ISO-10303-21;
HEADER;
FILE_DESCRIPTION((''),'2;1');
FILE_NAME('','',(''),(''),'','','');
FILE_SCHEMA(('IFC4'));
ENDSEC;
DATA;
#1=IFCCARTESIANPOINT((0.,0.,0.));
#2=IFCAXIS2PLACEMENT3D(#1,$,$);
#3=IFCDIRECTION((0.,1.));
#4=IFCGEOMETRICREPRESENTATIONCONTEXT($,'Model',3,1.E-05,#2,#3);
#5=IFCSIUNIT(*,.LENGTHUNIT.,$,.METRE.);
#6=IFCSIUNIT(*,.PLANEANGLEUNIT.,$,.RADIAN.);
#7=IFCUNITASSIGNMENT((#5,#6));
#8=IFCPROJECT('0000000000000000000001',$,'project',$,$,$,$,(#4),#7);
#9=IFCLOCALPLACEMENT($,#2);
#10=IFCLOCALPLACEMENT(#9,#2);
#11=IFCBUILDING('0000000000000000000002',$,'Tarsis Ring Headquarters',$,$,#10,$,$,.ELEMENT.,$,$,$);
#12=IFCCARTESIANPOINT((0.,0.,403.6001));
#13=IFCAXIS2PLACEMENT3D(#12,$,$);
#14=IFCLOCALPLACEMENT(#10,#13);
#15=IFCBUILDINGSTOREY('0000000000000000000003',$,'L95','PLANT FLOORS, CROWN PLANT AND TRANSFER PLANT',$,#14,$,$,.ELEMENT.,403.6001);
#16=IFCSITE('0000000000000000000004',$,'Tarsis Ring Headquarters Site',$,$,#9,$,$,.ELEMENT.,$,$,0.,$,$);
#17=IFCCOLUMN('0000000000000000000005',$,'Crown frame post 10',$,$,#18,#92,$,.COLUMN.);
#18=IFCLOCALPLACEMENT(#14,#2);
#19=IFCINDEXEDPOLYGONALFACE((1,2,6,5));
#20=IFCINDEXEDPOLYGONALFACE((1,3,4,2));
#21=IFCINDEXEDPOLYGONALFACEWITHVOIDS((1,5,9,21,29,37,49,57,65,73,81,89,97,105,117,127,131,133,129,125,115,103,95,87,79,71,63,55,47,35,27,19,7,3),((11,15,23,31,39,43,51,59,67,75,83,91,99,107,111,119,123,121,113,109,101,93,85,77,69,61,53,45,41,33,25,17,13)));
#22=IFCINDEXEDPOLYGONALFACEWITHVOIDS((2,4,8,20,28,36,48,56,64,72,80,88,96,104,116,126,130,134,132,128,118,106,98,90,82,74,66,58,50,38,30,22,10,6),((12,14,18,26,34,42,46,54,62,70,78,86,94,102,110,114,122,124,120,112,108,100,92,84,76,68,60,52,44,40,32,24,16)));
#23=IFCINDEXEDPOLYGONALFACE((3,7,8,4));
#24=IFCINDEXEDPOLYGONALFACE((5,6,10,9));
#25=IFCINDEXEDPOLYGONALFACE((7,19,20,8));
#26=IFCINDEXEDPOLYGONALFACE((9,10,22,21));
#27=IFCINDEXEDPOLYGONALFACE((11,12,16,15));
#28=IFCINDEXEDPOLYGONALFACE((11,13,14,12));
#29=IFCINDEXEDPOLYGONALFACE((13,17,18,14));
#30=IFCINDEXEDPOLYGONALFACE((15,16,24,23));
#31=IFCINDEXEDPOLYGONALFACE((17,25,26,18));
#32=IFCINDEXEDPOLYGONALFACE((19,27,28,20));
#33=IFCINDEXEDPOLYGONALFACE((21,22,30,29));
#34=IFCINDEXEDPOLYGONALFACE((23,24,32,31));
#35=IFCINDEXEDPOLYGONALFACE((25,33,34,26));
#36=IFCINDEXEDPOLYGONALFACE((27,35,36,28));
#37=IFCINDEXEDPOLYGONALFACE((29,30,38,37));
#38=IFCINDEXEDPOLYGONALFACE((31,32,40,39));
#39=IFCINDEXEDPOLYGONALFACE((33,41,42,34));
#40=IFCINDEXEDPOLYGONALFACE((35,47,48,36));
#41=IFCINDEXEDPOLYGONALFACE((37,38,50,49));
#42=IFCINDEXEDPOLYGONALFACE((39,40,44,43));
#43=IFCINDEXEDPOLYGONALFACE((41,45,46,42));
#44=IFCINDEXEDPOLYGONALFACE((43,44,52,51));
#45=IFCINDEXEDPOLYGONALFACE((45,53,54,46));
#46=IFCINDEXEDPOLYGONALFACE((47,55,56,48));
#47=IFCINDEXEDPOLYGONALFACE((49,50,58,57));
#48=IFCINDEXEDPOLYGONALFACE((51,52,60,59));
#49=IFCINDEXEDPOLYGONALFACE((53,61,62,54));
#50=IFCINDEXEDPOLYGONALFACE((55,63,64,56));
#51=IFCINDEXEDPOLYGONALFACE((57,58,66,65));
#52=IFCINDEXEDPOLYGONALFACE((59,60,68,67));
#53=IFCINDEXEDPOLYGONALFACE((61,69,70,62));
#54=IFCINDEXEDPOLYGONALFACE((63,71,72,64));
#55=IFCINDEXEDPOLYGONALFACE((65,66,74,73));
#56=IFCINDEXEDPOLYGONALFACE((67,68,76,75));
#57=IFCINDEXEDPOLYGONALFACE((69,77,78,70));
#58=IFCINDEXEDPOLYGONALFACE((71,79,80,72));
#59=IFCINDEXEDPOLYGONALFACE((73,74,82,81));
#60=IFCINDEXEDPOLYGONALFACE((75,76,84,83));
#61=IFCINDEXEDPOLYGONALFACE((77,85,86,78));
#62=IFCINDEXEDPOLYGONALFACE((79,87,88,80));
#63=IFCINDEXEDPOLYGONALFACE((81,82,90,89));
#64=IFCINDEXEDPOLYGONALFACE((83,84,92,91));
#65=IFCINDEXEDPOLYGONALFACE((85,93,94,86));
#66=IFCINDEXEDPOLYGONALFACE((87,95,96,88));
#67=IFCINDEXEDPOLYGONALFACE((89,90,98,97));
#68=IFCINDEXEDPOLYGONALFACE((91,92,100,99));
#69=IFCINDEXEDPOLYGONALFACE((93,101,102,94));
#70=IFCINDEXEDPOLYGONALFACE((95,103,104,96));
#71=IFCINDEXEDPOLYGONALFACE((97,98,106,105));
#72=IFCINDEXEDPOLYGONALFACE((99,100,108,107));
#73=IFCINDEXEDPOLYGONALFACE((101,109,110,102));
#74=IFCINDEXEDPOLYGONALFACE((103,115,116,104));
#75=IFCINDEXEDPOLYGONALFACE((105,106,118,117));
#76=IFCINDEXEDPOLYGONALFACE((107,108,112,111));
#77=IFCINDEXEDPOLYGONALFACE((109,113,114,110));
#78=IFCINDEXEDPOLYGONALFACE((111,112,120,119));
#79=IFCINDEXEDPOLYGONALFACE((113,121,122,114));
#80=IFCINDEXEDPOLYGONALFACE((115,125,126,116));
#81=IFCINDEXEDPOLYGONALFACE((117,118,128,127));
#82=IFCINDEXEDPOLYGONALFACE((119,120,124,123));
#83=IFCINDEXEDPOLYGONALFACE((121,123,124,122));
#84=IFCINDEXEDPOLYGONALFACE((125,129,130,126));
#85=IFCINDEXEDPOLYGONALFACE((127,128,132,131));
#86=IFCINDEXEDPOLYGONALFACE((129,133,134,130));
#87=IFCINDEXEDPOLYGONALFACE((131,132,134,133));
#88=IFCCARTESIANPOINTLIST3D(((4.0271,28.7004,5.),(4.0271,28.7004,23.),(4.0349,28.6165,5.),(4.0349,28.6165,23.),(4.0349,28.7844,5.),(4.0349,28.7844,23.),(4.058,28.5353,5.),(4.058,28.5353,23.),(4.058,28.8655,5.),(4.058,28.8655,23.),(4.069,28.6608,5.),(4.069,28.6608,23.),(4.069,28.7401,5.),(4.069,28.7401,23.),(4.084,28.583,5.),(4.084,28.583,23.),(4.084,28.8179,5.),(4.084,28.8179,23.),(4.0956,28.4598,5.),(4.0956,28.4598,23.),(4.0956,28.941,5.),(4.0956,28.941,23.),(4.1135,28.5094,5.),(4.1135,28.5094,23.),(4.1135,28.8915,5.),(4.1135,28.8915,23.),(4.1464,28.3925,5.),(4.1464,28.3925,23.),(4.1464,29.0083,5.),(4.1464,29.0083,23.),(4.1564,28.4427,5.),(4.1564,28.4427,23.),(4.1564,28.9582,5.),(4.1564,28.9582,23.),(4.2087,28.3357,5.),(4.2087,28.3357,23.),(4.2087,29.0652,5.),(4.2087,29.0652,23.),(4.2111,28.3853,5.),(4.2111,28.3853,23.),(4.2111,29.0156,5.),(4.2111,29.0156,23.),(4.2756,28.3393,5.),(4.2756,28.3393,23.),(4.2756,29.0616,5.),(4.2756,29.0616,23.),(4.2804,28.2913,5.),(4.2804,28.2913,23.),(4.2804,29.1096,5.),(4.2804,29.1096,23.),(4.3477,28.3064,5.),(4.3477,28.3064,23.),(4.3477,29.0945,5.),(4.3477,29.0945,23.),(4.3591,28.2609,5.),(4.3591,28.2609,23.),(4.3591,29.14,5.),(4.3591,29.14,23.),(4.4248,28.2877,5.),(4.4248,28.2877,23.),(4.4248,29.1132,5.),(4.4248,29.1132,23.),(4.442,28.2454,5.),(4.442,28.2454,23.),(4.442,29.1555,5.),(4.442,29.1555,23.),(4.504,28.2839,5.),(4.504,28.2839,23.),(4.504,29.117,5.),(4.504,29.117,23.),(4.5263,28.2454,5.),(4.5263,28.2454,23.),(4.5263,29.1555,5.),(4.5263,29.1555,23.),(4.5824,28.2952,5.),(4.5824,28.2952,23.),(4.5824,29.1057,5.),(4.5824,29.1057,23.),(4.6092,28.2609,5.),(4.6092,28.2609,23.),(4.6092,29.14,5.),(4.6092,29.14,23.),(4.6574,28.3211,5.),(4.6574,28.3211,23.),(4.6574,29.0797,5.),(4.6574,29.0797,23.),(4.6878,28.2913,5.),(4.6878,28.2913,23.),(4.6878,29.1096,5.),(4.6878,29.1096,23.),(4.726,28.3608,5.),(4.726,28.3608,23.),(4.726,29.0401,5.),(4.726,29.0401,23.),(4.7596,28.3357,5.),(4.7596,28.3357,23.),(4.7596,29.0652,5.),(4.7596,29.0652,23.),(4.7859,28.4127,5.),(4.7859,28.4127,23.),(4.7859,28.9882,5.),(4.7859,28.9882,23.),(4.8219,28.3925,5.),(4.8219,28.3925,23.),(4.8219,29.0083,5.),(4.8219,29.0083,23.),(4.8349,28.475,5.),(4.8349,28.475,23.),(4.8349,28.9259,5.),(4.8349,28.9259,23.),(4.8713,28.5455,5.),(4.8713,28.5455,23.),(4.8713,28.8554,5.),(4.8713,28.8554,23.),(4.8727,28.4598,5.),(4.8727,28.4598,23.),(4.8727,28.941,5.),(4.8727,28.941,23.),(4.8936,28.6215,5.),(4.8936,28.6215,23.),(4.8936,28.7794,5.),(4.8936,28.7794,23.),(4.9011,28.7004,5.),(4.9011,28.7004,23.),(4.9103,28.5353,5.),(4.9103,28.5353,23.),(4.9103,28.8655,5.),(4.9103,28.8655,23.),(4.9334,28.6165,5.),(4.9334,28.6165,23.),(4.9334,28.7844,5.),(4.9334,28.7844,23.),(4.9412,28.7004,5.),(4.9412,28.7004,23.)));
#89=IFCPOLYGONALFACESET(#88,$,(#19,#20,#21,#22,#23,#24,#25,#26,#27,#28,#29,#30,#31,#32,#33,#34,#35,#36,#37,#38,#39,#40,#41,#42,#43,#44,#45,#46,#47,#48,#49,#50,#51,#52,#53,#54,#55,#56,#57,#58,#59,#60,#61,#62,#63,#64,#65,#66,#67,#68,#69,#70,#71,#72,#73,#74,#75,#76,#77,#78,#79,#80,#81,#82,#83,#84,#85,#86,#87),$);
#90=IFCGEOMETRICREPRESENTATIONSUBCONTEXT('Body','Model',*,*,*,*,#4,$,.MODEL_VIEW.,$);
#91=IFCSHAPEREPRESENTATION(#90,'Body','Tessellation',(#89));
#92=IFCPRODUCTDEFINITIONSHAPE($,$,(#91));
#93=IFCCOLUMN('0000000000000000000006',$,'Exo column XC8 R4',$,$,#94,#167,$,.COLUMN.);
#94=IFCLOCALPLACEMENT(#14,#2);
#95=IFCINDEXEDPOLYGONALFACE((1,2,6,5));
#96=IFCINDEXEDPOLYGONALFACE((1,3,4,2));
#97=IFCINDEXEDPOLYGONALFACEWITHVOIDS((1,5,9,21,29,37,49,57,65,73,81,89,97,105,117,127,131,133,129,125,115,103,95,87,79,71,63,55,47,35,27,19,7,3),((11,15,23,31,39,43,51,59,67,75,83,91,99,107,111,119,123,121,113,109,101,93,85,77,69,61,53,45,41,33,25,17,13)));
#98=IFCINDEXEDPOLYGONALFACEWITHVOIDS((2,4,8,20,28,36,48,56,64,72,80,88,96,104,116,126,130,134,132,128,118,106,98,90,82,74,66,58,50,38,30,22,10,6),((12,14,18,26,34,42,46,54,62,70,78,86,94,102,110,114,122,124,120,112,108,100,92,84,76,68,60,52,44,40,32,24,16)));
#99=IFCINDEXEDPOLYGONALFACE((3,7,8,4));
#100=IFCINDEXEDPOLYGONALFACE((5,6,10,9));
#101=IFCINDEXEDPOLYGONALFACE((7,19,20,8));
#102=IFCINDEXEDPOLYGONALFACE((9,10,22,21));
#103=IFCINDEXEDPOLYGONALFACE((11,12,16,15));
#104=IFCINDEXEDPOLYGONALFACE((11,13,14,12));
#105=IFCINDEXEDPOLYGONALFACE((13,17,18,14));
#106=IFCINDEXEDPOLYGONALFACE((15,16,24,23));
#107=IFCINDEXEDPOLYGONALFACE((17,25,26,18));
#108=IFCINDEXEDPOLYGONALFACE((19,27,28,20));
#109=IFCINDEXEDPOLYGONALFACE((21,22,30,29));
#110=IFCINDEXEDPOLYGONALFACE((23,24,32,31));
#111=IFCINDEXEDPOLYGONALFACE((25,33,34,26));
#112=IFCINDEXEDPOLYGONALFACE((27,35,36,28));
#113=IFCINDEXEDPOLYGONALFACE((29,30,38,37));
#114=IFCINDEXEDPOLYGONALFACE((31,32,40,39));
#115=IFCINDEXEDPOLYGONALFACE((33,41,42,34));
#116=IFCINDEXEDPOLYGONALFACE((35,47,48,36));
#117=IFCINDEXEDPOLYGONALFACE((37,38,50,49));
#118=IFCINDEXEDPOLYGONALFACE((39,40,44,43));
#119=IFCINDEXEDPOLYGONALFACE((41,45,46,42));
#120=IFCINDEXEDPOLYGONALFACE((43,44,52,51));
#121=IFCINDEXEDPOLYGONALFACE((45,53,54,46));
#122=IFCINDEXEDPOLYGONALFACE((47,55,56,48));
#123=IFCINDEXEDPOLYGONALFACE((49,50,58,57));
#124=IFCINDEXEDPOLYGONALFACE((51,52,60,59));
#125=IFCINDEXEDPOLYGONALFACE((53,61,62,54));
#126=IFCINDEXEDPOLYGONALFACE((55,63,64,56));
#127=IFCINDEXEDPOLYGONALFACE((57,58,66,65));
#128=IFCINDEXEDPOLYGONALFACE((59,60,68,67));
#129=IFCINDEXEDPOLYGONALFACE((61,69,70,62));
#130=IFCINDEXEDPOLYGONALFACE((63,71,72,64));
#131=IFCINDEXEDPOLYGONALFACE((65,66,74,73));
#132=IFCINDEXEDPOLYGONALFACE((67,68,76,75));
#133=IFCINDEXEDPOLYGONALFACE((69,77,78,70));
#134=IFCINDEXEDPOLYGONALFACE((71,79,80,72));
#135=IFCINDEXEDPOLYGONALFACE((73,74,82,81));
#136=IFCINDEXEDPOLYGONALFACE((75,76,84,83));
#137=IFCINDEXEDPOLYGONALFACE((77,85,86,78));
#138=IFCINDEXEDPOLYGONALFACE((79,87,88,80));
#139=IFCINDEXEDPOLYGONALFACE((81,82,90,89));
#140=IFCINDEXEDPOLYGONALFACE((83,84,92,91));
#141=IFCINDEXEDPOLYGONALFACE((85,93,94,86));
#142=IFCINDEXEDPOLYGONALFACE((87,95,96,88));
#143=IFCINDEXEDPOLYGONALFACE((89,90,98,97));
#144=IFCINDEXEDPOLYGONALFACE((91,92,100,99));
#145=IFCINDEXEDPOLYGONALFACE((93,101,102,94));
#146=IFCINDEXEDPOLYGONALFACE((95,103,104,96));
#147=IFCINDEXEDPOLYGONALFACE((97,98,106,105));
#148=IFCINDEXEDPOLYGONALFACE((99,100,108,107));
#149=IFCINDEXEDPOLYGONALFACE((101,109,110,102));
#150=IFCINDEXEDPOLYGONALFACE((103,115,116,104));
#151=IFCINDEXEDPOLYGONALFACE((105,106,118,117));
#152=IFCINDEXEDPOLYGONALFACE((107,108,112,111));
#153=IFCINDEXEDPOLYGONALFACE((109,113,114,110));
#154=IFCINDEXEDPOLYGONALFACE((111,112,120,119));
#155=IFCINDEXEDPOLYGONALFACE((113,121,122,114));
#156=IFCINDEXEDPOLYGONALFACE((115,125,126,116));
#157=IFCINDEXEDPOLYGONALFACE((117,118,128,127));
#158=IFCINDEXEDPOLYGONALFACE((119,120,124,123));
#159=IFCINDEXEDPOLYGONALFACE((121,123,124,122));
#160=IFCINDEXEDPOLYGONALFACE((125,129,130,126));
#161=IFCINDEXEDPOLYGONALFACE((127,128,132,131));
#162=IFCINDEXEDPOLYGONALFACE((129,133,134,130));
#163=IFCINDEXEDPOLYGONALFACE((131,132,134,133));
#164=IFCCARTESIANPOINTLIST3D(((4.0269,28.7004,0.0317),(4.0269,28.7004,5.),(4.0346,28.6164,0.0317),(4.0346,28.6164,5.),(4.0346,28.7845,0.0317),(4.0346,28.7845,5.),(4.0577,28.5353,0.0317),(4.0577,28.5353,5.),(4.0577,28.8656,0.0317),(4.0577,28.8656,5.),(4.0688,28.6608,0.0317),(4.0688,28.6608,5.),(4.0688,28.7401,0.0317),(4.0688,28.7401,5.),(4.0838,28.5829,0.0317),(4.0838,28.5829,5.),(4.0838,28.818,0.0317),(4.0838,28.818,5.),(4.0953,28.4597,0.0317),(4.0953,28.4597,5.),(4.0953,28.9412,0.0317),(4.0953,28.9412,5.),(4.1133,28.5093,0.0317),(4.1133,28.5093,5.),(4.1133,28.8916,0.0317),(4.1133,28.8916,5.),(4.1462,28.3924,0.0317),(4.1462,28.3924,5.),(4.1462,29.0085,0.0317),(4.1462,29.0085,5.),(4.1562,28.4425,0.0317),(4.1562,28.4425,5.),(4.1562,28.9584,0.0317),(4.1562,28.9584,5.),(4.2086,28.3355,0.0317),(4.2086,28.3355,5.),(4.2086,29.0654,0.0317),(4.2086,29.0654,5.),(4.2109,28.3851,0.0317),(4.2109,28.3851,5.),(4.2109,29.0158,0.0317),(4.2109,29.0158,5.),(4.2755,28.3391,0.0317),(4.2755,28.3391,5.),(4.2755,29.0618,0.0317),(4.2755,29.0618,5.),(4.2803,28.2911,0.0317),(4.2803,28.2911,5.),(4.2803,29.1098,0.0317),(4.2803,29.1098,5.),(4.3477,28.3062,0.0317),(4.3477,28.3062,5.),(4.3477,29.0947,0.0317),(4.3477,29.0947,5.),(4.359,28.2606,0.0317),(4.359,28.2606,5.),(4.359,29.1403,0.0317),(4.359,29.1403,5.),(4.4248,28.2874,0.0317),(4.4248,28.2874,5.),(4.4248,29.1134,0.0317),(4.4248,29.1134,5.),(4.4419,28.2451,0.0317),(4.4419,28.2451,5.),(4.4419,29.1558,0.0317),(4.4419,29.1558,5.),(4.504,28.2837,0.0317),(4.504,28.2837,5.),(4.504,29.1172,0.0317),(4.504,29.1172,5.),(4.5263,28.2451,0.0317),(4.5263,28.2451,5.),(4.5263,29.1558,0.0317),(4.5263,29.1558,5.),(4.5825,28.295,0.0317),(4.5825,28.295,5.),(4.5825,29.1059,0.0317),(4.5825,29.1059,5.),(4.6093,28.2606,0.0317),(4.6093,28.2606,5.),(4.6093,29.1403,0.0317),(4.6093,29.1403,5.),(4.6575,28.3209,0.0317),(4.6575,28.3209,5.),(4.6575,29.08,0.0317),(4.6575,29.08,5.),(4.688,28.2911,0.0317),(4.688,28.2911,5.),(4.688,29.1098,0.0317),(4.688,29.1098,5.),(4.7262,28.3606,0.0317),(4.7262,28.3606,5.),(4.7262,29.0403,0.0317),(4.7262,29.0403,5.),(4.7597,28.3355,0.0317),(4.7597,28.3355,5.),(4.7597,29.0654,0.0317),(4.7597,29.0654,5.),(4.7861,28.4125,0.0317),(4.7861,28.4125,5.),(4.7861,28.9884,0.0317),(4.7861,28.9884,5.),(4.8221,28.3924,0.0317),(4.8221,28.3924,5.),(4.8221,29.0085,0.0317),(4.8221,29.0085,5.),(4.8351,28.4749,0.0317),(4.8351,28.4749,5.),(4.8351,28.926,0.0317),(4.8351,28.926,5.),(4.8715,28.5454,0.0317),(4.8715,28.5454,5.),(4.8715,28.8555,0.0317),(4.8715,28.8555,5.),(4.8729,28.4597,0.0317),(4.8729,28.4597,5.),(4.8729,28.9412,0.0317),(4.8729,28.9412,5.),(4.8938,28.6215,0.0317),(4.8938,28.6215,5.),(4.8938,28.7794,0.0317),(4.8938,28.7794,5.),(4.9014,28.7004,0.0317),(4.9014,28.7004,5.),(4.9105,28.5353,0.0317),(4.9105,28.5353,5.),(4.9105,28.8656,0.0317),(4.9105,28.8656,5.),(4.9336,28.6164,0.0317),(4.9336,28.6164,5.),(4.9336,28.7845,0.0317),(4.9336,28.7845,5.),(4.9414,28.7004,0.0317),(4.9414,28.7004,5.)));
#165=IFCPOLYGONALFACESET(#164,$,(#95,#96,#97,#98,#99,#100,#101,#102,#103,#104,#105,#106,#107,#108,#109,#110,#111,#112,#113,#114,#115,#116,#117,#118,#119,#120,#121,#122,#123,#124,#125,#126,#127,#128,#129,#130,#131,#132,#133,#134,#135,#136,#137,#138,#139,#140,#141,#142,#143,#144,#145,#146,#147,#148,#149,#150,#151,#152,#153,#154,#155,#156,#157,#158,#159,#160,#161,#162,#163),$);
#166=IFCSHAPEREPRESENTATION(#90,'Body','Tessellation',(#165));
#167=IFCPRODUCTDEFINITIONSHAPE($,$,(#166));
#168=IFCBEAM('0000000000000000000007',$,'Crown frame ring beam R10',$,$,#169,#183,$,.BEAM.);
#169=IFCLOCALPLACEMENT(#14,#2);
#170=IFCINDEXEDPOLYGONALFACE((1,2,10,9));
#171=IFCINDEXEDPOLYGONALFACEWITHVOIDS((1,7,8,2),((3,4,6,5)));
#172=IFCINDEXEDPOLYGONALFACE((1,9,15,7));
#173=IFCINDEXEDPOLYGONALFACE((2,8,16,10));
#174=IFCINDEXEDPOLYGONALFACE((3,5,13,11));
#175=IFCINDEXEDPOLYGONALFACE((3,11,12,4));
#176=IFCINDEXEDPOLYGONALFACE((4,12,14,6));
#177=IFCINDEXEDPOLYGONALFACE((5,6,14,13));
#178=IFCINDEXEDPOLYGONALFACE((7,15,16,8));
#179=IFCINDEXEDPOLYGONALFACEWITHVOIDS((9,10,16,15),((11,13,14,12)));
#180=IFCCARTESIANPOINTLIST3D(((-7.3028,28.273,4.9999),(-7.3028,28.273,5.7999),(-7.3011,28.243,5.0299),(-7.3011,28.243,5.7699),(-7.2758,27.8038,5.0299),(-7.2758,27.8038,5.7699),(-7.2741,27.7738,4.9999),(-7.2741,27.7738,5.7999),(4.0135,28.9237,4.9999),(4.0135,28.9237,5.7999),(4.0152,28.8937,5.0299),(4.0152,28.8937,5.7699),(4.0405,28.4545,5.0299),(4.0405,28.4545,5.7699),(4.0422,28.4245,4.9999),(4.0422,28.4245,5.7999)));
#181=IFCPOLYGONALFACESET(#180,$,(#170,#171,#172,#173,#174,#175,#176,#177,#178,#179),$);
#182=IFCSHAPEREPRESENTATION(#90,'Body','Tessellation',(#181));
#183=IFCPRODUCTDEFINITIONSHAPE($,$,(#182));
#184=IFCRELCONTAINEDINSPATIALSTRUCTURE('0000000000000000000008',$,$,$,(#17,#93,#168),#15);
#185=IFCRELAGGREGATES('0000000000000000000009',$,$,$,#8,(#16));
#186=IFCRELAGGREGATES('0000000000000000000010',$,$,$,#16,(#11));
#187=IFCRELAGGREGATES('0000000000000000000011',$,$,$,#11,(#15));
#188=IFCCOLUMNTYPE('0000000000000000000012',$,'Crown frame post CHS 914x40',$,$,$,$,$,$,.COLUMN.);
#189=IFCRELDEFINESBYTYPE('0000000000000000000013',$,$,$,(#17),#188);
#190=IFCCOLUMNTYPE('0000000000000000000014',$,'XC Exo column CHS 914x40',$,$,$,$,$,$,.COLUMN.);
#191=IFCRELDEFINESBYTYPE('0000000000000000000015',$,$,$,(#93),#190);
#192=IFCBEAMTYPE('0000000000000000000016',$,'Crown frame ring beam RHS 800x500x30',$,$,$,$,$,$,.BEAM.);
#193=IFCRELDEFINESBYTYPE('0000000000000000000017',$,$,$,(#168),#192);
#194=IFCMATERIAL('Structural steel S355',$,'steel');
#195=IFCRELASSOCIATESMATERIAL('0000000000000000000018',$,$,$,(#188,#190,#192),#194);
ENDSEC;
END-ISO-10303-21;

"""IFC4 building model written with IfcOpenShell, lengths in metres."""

from ifc_helpers import new_model, si_unit, direction, frame, origin, origin_2d, place, context, subcontext, project, spatial, hollow_rectangle, hollow_circle, extrude, material, material_profile, profile_set, type_object, element, save


model = new_model("IFC4")

# Units and contexts
model_context = context("Model", 3, precision=1e-05, world=origin(), true_north=direction((0.0, 1.0)))
body_context = subcontext(model_context, "Body", "Model", "MODEL_VIEW")
ifc_project = project(units=[si_unit("LENGTHUNIT", "METRE"), si_unit("PLANEANGLEUNIT", "RADIAN")], contexts=[model_context])

# Site, building, storey
site_placement = place(None, origin())
site = spatial("IfcSite", under=ifc_project, at=site_placement, Name="Tarsis Ring Headquarters Site", CompositionType="ELEMENT", RefElevation=0.0)
building_placement = place(site_placement, origin())
building = spatial("IfcBuilding", under=site, at=building_placement, Name="Tarsis Ring Headquarters", CompositionType="ELEMENT")
storey_placement = place(building_placement, frame((0.0, 0.0, 403.6001)))
storey = spatial("IfcBuildingStorey", under=building, at=storey_placement, Name="L95", Description="PLANT FLOORS, CROWN PLANT AND TRANSFER PLANT", CompositionType="ELEMENT", Elevation=403.6001)

# Columns
ifc_material_1 = material(Name="Structural steel S355", Category="steel")
ifc_material_profile_1 = material_profile(ifc_material_1, hollow_circle(Radius=0.457, WallThickness=0.04, at=origin_2d()), Name="CHS 914x40")
ifc_profile_set_1 = profile_set([ifc_material_profile_1], Name="Structural steel S355")
column_type_1 = type_object("IfcColumnType", Name="Crown frame post CHS 914x40", PredefinedType="COLUMN", material=ifc_profile_set_1)
column_1_placement = place(storey_placement, frame((4.4841, 28.7004, 5.0), z_axis=(0.0, 0.0, 1.0), x_axis=(1.0, 0.0, 0.0)))
element("IfcColumn", 1, at=column_1_placement, inside=storey, type_object=column_type_1, Name="Crown frame post 10", PredefinedType="COLUMN", context=body_context, shape_type="SweptSolid", body=[
    extrude(hollow_circle(Radius=0.457, WallThickness=0.04, at=origin_2d()), origin(), (0.0, 0.0, 1.0), 18.0),
])
column_type_2 = type_object("IfcColumnType", Name="XC Exo column CHS 914x40", PredefinedType="COLUMN", material=ifc_profile_set_1)
column_2_placement = place(storey_placement, frame((4.4841, 28.7004, 0.0317), z_axis=(0.0, 0.0, 1.0), x_axis=(1.0, 0.0, 0.0)))
element("IfcColumn", 2, at=column_2_placement, inside=storey, type_object=column_type_2, Name="Exo column XC8 R4", PredefinedType="COLUMN", context=body_context, shape_type="SweptSolid", body=[
    extrude(hollow_circle(Radius=0.4573, WallThickness=0.04, at=origin_2d()), origin(), (0.0, 0.0, 1.0), 4.9683),
])

# Beam
ifc_material_profile_2 = material_profile(ifc_material_1, hollow_rectangle(XDim=0.5, YDim=0.8, WallThickness=0.03, at=origin_2d()), Name="RHS 800x500x30")
ifc_profile_set_2 = profile_set([ifc_material_profile_2], Name="Structural steel S355")
beam_type_1 = type_object("IfcBeamType", Name="Crown frame ring beam RHS 800x500x30", PredefinedType="BEAM", material=ifc_profile_set_2)
beam_1_placement = place(storey_placement, frame((4.0278, 28.6741, 5.3999), z_axis=(-0.998351, -0.057401, 0.0), x_axis=(0.057401, -0.998351, 0.0)))
element("IfcBeam", 3, at=beam_1_placement, inside=storey, type_object=beam_type_1, Name="Crown frame ring beam R10", PredefinedType="BEAM", context=body_context, shape_type="SweptSolid", body=[
    extrude(hollow_rectangle(XDim=0.5, YDim=0.8, WallThickness=0.03, at=origin_2d()), origin(), (0.0, 0.0, 1.0), 11.335),
])

save(model, "model.ifc")
